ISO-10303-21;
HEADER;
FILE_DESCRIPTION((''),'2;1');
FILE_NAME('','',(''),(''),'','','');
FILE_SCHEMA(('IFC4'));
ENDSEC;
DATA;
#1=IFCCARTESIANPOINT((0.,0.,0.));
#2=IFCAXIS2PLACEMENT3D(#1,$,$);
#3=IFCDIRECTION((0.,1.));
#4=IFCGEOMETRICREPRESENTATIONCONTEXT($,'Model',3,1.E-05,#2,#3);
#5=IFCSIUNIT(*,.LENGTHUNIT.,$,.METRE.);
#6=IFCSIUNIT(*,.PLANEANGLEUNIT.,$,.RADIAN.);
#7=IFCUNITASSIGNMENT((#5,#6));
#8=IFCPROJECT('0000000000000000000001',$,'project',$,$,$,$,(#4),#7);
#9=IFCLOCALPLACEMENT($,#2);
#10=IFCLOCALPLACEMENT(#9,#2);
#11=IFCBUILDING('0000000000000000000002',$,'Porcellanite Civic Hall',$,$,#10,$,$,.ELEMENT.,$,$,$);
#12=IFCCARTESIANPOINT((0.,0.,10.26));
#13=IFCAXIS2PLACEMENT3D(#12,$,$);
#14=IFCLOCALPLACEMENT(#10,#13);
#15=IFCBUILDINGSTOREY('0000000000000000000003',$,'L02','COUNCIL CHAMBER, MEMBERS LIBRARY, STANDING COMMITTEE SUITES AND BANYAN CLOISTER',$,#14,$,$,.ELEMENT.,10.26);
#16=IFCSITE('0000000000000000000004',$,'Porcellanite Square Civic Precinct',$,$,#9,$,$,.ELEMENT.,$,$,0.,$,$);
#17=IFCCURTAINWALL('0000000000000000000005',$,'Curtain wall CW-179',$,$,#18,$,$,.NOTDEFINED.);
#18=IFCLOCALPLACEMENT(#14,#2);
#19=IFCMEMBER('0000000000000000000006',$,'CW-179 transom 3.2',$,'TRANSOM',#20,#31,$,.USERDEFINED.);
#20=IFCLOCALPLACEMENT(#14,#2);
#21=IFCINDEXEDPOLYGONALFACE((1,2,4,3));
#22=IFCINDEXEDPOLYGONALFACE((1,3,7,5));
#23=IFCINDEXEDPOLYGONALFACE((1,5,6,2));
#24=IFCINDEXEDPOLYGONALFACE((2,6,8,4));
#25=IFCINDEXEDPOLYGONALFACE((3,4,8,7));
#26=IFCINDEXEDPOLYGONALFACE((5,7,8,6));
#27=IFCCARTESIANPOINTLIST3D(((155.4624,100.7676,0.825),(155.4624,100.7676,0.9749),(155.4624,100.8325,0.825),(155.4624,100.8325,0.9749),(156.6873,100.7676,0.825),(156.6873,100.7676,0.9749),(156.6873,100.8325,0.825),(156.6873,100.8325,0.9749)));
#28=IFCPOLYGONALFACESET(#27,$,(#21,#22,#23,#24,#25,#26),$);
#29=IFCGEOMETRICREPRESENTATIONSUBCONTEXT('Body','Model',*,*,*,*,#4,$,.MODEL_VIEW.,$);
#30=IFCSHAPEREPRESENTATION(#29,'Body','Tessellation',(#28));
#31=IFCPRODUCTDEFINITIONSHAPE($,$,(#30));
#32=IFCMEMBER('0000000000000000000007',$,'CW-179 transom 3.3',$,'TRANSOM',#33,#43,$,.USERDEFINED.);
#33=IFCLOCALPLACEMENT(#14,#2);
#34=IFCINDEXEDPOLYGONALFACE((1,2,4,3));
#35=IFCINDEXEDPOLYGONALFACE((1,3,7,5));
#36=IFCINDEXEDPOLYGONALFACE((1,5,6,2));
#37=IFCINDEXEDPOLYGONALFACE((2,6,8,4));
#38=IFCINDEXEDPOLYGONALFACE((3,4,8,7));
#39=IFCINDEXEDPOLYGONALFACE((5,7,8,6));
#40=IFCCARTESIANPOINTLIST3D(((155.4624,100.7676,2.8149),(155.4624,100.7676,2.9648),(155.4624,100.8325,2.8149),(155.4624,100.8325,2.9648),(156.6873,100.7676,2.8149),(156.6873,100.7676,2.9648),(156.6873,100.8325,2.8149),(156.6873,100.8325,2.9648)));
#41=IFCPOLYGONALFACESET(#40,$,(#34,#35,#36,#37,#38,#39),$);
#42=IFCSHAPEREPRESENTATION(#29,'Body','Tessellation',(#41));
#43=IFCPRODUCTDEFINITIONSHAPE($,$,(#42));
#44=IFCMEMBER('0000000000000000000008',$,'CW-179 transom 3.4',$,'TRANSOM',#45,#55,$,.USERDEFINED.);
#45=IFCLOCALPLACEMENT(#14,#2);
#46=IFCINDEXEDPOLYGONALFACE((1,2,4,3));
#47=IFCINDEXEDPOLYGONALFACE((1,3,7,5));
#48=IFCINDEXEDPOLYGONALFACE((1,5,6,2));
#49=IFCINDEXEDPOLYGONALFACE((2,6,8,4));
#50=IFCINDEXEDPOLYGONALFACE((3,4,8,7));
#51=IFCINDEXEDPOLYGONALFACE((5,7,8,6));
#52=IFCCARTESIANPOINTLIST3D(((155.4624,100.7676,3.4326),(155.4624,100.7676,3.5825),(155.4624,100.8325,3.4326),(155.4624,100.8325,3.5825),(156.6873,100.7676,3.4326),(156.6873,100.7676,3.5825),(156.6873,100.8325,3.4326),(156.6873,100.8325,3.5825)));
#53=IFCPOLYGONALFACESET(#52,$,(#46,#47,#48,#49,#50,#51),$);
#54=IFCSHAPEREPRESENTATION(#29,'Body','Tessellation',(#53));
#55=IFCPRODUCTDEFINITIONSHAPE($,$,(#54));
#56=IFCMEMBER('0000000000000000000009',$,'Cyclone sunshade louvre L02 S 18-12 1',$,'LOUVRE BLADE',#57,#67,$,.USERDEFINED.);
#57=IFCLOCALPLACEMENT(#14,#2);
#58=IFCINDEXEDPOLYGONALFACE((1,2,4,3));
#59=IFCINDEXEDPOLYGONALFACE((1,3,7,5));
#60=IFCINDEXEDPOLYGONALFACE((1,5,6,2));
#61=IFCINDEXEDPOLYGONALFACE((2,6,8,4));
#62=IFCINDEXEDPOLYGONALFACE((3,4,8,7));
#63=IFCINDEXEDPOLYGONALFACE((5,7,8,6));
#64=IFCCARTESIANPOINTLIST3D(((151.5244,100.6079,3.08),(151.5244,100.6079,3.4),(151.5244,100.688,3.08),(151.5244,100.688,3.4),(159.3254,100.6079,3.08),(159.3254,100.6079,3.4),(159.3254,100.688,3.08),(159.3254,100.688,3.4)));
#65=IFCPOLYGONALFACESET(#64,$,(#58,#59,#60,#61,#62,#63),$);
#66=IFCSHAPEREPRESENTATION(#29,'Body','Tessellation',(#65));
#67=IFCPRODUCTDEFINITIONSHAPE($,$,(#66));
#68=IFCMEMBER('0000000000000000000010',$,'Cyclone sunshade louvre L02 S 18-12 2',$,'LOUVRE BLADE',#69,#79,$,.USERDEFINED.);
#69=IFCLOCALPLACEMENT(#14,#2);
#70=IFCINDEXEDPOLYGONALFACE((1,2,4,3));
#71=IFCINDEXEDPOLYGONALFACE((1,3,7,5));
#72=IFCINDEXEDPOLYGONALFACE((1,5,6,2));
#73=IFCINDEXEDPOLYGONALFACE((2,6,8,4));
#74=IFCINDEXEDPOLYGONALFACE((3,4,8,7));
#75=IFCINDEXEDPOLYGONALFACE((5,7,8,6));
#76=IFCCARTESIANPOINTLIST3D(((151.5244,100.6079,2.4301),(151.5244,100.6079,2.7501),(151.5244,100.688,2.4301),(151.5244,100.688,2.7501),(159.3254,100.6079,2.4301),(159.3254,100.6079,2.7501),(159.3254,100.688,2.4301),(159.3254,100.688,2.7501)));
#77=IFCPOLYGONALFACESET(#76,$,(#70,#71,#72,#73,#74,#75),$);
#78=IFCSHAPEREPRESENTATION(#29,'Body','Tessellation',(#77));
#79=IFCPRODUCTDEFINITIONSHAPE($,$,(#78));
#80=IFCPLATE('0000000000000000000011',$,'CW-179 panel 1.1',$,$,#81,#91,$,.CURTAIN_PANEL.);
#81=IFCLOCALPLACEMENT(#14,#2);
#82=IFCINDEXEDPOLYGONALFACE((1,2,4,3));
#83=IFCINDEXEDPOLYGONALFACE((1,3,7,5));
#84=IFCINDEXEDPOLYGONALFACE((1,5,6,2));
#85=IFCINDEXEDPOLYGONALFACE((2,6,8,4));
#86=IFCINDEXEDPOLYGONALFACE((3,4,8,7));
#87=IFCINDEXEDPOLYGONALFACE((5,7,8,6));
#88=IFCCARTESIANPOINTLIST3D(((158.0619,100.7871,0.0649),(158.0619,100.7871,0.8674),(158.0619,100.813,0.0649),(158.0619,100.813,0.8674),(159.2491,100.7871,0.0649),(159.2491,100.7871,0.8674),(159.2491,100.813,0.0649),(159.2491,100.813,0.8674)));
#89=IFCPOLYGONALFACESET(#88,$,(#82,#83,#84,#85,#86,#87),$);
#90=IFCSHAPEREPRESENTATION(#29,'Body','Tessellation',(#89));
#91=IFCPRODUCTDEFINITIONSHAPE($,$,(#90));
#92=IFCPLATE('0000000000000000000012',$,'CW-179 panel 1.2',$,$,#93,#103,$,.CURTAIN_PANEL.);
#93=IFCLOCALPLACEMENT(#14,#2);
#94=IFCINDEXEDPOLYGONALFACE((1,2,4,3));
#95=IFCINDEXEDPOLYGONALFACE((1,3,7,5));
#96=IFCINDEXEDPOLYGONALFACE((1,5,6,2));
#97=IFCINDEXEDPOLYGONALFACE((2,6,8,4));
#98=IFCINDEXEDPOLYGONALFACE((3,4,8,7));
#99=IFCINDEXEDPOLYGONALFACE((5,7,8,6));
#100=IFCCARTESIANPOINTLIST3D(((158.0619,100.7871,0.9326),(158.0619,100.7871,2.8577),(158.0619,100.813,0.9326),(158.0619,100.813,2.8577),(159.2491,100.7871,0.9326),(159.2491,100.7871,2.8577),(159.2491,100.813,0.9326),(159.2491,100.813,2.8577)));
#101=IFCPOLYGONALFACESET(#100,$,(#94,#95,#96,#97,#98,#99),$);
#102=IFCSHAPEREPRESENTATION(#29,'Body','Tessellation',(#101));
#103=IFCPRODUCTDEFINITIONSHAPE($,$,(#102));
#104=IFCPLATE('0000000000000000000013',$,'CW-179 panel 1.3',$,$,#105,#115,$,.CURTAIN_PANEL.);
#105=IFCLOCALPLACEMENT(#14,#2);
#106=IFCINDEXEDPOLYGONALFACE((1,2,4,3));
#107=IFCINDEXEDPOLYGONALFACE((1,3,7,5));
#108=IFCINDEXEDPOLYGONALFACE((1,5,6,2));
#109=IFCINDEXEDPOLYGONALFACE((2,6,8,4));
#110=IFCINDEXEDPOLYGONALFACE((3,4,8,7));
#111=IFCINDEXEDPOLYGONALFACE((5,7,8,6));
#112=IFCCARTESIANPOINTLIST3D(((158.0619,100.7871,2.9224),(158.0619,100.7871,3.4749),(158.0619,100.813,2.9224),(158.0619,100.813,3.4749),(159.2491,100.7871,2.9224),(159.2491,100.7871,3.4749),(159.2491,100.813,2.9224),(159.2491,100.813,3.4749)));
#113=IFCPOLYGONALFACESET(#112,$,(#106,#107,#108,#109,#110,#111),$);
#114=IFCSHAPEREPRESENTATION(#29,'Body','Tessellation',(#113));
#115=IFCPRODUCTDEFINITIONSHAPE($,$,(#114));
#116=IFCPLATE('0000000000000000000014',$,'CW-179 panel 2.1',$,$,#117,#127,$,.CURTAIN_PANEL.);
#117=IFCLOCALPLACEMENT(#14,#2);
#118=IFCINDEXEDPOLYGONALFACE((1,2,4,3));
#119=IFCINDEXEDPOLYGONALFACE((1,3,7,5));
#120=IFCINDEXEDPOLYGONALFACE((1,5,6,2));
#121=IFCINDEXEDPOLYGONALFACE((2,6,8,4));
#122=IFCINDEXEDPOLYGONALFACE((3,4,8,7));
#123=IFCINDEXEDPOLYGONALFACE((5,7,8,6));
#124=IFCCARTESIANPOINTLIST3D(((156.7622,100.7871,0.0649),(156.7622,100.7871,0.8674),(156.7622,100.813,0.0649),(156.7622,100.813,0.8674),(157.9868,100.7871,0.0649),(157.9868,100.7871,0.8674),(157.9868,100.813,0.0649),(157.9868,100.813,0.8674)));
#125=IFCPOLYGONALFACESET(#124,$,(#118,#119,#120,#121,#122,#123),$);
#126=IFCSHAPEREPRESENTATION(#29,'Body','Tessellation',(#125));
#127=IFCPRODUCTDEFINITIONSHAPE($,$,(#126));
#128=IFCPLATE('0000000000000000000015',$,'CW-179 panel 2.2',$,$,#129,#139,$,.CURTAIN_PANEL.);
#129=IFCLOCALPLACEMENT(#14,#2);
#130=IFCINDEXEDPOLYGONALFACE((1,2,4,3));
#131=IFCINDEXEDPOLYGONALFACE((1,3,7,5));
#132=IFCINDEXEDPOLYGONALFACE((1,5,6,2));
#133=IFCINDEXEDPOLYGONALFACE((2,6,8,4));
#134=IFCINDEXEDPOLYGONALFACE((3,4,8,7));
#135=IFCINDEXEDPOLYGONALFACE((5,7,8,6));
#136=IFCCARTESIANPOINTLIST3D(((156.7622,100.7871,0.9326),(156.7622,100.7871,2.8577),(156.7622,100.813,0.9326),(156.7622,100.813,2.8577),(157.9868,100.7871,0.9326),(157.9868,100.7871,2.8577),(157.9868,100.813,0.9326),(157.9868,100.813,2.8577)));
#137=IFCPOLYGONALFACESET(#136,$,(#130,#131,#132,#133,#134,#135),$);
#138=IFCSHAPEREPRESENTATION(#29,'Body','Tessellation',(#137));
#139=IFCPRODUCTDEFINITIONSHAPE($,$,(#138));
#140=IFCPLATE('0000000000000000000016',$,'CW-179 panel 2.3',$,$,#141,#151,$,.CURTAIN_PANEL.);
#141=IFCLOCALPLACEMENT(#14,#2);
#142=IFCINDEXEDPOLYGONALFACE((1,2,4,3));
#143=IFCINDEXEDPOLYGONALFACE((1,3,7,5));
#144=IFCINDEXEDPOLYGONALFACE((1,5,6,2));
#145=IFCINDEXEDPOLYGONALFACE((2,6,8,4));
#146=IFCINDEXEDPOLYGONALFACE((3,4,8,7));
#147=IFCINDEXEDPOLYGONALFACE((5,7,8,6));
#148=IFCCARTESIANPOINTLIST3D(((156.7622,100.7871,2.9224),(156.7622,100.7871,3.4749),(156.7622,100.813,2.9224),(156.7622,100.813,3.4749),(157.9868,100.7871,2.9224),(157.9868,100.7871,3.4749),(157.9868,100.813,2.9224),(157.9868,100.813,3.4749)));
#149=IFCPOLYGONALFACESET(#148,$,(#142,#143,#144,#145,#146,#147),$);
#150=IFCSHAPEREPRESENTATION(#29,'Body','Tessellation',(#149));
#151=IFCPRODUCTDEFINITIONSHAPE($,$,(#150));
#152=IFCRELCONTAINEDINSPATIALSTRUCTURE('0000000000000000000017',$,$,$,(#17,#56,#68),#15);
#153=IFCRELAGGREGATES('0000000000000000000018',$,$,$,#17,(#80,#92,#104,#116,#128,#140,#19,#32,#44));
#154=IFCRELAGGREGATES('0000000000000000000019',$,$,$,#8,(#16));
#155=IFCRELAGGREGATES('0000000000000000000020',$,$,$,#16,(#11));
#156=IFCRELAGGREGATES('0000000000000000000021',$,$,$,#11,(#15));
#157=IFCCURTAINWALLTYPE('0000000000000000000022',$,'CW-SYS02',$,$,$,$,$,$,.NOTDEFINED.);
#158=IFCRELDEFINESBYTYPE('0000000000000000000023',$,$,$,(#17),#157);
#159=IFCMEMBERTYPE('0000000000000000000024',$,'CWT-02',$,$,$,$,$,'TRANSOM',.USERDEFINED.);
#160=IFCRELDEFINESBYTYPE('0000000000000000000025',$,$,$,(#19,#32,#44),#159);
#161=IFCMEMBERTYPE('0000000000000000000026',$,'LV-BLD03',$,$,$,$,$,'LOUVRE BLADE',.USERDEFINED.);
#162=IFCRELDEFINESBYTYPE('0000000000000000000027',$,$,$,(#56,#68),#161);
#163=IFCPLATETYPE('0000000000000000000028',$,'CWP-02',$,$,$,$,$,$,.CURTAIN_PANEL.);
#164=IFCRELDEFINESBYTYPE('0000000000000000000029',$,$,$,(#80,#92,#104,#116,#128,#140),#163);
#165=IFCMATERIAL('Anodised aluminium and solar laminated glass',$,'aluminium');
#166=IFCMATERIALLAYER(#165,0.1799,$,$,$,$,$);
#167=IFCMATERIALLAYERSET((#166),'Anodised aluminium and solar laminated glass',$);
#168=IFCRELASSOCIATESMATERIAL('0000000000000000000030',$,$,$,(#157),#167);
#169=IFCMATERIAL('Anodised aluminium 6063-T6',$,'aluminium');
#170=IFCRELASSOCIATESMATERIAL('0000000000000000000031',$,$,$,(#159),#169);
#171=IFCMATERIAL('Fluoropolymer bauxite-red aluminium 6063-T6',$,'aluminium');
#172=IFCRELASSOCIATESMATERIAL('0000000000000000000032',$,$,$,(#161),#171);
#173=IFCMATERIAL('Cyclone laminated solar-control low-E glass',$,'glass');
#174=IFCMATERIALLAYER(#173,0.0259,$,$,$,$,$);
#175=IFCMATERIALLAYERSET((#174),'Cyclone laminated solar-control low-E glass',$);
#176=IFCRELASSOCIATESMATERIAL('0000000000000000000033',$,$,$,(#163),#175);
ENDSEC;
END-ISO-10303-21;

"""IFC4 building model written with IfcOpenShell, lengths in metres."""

from ifc_helpers import new_model, si_unit, direction, frame, origin, origin_2d, place, context, subcontext, project, spatial, rectangle, extrude, material, layer, layer_set, material_profile, profile_set, type_object, element, aggregate, save


model = new_model("IFC4")

# Units and contexts
model_context = context("Model", 3, precision=1e-05, world=origin(), true_north=direction((0.0, 1.0)))
body_context = subcontext(model_context, "Body", "Model", "MODEL_VIEW")
ifc_project = project(units=[si_unit("LENGTHUNIT", "METRE"), si_unit("PLANEANGLEUNIT", "RADIAN")], contexts=[model_context])

# Site, building, storey
site_placement = place(None, origin())
site = spatial("IfcSite", under=ifc_project, at=site_placement, Name="Porcellanite Square Civic Precinct", CompositionType="ELEMENT", RefElevation=0.0)
building_placement = place(site_placement, origin())
building = spatial("IfcBuilding", under=site, at=building_placement, Name="Porcellanite Civic Hall", CompositionType="ELEMENT")
storey_placement = place(building_placement, frame((0.0, 0.0, 10.26)))
storey = spatial("IfcBuildingStorey", under=building, at=storey_placement, Name="L02", Description="COUNCIL CHAMBER, MEMBERS LIBRARY, STANDING COMMITTEE SUITES AND BANYAN CLOISTER", CompositionType="ELEMENT", Elevation=10.26)

# Curtain wall, members
ifc_material_1 = material(Name="Anodised aluminium and solar laminated glass", Category="aluminium")
ifc_layer_1 = layer(ifc_material_1, 0.1799)
ifc_layer_set_1 = layer_set([ifc_layer_1], Name="Anodised aluminium and solar laminated glass")
curtain_wall_type = type_object("IfcCurtainWallType", Name="CW-SYS02", PredefinedType="NOTDEFINED", material=ifc_layer_set_1)
curtain_wall_placement = place(storey_placement, origin())
curtain_wall = element("IfcCurtainWall", 1, at=curtain_wall_placement, inside=storey, type_object=curtain_wall_type, Name="Curtain wall CW-179", PredefinedType="NOTDEFINED")
ifc_material_2 = material(Name="Anodised aluminium 6063-T6", Category="aluminium")
ifc_material_profile_1 = material_profile(ifc_material_2, rectangle(XDim=0.0649, YDim=0.1499, at=origin_2d()), Name="AL-65x150")
ifc_profile_set_1 = profile_set([ifc_material_profile_1], Name="Anodised aluminium 6063-T6")
member_type_1 = type_object("IfcMemberType", Name="CWT-02", ElementType="TRANSOM", PredefinedType="USERDEFINED", material=ifc_profile_set_1)
member_1_placement = place(storey_placement, frame((156.6873, 100.8, 0.8999), z_axis=(-1.0, 0.0, 0.0), x_axis=(0.0, -1.0, 0.0)))
member_1 = element("IfcMember", 2, at=member_1_placement, type_object=member_type_1, Name="CW-179 transom 3.2", ObjectType="TRANSOM", PredefinedType="USERDEFINED", context=body_context, shape_type="SweptSolid", body=[
    extrude(rectangle(XDim=0.0649, YDim=0.1499, at=origin_2d()), origin(), (0.0, 0.0, 1.0), 1.2249),
])
member_2_placement = place(storey_placement, frame((156.6873, 100.8, 2.8899), z_axis=(-1.0, 0.0, 0.0), x_axis=(0.0, -1.0, 0.0)))
member_2 = element("IfcMember", 3, at=member_2_placement, type_object=member_type_1, Name="CW-179 transom 3.3", ObjectType="TRANSOM", PredefinedType="USERDEFINED", context=body_context, shape_type="SweptSolid", body=[
    extrude(rectangle(XDim=0.0649, YDim=0.1499, at=origin_2d()), origin(), (0.0, 0.0, 1.0), 1.2249),
])
member_3_placement = place(storey_placement, frame((156.6873, 100.8, 3.5076), z_axis=(-1.0, 0.0, 0.0), x_axis=(0.0, -1.0, 0.0)))
member_3 = element("IfcMember", 4, at=member_3_placement, type_object=member_type_1, Name="CW-179 transom 3.4", ObjectType="TRANSOM", PredefinedType="USERDEFINED", context=body_context, shape_type="SweptSolid", body=[
    extrude(rectangle(XDim=0.0649, YDim=0.1499, at=origin_2d()), origin(), (0.0, 0.0, 1.0), 1.2249),
])

# Members
ifc_material_3 = material(Name="Fluoropolymer bauxite-red aluminium 6063-T6", Category="aluminium")
ifc_material_profile_2 = material_profile(ifc_material_3, rectangle(XDim=0.0801, YDim=0.3201, at=origin_2d()), Name="AL-80x320")
ifc_profile_set_2 = profile_set([ifc_material_profile_2], Name="Fluoropolymer bauxite-red aluminium 6063-T6")
member_type_2 = type_object("IfcMemberType", Name="LV-BLD03", ElementType="LOUVRE BLADE", PredefinedType="USERDEFINED", material=ifc_profile_set_2)
for number, where, z_axis, x_axis, name in (
    (5, (159.3254, 100.6479, 3.24), (-1.0, 0.0, 0.0), (0.0, -1.0, 0.0), "Cyclone sunshade louvre L02 S 18-12 1"),
    (6, (159.3254, 100.6479, 2.5901), (-1.0, 0.0, 0.0), (0.0, -1.0, 0.0), "Cyclone sunshade louvre L02 S 18-12 2"),
):
    element("IfcMember", number, at=place(storey_placement, frame(where, z_axis=z_axis, x_axis=x_axis)), inside=storey, type_object=member_type_2, Name=name, ObjectType="LOUVRE BLADE", PredefinedType="USERDEFINED", context=body_context, shape_type="SweptSolid", body=[
        extrude(rectangle(XDim=0.0801, YDim=0.3201, at=origin_2d()), origin(), (0.0, 0.0, 1.0), 7.801),
    ])

# Plates
ifc_material_4 = material(Name="Cyclone laminated solar-control low-E glass", Category="glass")
ifc_layer_2 = layer(ifc_material_4, 0.0259)
ifc_layer_set_2 = layer_set([ifc_layer_2], Name="Cyclone laminated solar-control low-E glass")
plate_type = type_object("IfcPlateType", Name="CWP-02", PredefinedType="CURTAIN_PANEL", material=ifc_layer_set_2)
plate_1_placement = place(storey_placement, frame((158.6555, 100.8, 0.0649), z_axis=(0.0, 0.0, 1.0), x_axis=(-1.0, 0.0, 0.0)))
plate_1 = element("IfcPlate", 7, at=plate_1_placement, type_object=plate_type, Name="CW-179 panel 1.1", PredefinedType="CURTAIN_PANEL", context=body_context, shape_type="SweptSolid", body=[
    extrude(rectangle(XDim=1.1873, YDim=0.0259, at=origin_2d()), origin(), (0.0, 0.0, 1.0), 0.8025),
])
plate_2_placement = place(storey_placement, frame((158.6555, 100.8, 0.9326), z_axis=(0.0, 0.0, 1.0), x_axis=(-1.0, 0.0, 0.0)))
plate_2 = element("IfcPlate", 8, at=plate_2_placement, type_object=plate_type, Name="CW-179 panel 1.2", PredefinedType="CURTAIN_PANEL", context=body_context, shape_type="SweptSolid", body=[
    extrude(rectangle(XDim=1.1873, YDim=0.0259, at=origin_2d()), origin(), (0.0, 0.0, 1.0), 1.925),
])
plate_3_placement = place(storey_placement, frame((158.6555, 100.8, 2.9224), z_axis=(0.0, 0.0, 1.0), x_axis=(-1.0, 0.0, 0.0)))
plate_3 = element("IfcPlate", 9, at=plate_3_placement, type_object=plate_type, Name="CW-179 panel 1.3", PredefinedType="CURTAIN_PANEL", context=body_context, shape_type="SweptSolid", body=[
    extrude(rectangle(XDim=1.1873, YDim=0.0259, at=origin_2d()), origin(), (0.0, 0.0, 1.0), 0.5525),
])
plate_4_placement = place(storey_placement, frame((157.3745, 100.8, 0.0649), z_axis=(0.0, 0.0, 1.0), x_axis=(-1.0, 0.0, 0.0)))
plate_4 = element("IfcPlate", 10, at=plate_4_placement, type_object=plate_type, Name="CW-179 panel 2.1", PredefinedType="CURTAIN_PANEL", context=body_context, shape_type="SweptSolid", body=[
    extrude(rectangle(XDim=1.2246, YDim=0.0259, at=origin_2d()), origin(), (0.0, 0.0, 1.0), 0.8025),
])
plate_5_placement = place(storey_placement, frame((157.3745, 100.8, 0.9326), z_axis=(0.0, 0.0, 1.0), x_axis=(-1.0, 0.0, 0.0)))
plate_5 = element("IfcPlate", 11, at=plate_5_placement, type_object=plate_type, Name="CW-179 panel 2.2", PredefinedType="CURTAIN_PANEL", context=body_context, shape_type="SweptSolid", body=[
    extrude(rectangle(XDim=1.2246, YDim=0.0259, at=origin_2d()), origin(), (0.0, 0.0, 1.0), 1.925),
])
plate_6_placement = place(storey_placement, frame((157.3745, 100.8, 2.9224), z_axis=(0.0, 0.0, 1.0), x_axis=(-1.0, 0.0, 0.0)))
plate_6 = element("IfcPlate", 12, at=plate_6_placement, type_object=plate_type, Name="CW-179 panel 2.3", PredefinedType="CURTAIN_PANEL", context=body_context, shape_type="SweptSolid", body=[
    extrude(rectangle(XDim=1.2246, YDim=0.0259, at=origin_2d()), origin(), (0.0, 0.0, 1.0), 0.5525),
])
aggregate(curtain_wall, [plate_1, plate_2, plate_3, plate_4, plate_5, plate_6, member_1, member_2, member_3])

save(model, "model.ifc")
